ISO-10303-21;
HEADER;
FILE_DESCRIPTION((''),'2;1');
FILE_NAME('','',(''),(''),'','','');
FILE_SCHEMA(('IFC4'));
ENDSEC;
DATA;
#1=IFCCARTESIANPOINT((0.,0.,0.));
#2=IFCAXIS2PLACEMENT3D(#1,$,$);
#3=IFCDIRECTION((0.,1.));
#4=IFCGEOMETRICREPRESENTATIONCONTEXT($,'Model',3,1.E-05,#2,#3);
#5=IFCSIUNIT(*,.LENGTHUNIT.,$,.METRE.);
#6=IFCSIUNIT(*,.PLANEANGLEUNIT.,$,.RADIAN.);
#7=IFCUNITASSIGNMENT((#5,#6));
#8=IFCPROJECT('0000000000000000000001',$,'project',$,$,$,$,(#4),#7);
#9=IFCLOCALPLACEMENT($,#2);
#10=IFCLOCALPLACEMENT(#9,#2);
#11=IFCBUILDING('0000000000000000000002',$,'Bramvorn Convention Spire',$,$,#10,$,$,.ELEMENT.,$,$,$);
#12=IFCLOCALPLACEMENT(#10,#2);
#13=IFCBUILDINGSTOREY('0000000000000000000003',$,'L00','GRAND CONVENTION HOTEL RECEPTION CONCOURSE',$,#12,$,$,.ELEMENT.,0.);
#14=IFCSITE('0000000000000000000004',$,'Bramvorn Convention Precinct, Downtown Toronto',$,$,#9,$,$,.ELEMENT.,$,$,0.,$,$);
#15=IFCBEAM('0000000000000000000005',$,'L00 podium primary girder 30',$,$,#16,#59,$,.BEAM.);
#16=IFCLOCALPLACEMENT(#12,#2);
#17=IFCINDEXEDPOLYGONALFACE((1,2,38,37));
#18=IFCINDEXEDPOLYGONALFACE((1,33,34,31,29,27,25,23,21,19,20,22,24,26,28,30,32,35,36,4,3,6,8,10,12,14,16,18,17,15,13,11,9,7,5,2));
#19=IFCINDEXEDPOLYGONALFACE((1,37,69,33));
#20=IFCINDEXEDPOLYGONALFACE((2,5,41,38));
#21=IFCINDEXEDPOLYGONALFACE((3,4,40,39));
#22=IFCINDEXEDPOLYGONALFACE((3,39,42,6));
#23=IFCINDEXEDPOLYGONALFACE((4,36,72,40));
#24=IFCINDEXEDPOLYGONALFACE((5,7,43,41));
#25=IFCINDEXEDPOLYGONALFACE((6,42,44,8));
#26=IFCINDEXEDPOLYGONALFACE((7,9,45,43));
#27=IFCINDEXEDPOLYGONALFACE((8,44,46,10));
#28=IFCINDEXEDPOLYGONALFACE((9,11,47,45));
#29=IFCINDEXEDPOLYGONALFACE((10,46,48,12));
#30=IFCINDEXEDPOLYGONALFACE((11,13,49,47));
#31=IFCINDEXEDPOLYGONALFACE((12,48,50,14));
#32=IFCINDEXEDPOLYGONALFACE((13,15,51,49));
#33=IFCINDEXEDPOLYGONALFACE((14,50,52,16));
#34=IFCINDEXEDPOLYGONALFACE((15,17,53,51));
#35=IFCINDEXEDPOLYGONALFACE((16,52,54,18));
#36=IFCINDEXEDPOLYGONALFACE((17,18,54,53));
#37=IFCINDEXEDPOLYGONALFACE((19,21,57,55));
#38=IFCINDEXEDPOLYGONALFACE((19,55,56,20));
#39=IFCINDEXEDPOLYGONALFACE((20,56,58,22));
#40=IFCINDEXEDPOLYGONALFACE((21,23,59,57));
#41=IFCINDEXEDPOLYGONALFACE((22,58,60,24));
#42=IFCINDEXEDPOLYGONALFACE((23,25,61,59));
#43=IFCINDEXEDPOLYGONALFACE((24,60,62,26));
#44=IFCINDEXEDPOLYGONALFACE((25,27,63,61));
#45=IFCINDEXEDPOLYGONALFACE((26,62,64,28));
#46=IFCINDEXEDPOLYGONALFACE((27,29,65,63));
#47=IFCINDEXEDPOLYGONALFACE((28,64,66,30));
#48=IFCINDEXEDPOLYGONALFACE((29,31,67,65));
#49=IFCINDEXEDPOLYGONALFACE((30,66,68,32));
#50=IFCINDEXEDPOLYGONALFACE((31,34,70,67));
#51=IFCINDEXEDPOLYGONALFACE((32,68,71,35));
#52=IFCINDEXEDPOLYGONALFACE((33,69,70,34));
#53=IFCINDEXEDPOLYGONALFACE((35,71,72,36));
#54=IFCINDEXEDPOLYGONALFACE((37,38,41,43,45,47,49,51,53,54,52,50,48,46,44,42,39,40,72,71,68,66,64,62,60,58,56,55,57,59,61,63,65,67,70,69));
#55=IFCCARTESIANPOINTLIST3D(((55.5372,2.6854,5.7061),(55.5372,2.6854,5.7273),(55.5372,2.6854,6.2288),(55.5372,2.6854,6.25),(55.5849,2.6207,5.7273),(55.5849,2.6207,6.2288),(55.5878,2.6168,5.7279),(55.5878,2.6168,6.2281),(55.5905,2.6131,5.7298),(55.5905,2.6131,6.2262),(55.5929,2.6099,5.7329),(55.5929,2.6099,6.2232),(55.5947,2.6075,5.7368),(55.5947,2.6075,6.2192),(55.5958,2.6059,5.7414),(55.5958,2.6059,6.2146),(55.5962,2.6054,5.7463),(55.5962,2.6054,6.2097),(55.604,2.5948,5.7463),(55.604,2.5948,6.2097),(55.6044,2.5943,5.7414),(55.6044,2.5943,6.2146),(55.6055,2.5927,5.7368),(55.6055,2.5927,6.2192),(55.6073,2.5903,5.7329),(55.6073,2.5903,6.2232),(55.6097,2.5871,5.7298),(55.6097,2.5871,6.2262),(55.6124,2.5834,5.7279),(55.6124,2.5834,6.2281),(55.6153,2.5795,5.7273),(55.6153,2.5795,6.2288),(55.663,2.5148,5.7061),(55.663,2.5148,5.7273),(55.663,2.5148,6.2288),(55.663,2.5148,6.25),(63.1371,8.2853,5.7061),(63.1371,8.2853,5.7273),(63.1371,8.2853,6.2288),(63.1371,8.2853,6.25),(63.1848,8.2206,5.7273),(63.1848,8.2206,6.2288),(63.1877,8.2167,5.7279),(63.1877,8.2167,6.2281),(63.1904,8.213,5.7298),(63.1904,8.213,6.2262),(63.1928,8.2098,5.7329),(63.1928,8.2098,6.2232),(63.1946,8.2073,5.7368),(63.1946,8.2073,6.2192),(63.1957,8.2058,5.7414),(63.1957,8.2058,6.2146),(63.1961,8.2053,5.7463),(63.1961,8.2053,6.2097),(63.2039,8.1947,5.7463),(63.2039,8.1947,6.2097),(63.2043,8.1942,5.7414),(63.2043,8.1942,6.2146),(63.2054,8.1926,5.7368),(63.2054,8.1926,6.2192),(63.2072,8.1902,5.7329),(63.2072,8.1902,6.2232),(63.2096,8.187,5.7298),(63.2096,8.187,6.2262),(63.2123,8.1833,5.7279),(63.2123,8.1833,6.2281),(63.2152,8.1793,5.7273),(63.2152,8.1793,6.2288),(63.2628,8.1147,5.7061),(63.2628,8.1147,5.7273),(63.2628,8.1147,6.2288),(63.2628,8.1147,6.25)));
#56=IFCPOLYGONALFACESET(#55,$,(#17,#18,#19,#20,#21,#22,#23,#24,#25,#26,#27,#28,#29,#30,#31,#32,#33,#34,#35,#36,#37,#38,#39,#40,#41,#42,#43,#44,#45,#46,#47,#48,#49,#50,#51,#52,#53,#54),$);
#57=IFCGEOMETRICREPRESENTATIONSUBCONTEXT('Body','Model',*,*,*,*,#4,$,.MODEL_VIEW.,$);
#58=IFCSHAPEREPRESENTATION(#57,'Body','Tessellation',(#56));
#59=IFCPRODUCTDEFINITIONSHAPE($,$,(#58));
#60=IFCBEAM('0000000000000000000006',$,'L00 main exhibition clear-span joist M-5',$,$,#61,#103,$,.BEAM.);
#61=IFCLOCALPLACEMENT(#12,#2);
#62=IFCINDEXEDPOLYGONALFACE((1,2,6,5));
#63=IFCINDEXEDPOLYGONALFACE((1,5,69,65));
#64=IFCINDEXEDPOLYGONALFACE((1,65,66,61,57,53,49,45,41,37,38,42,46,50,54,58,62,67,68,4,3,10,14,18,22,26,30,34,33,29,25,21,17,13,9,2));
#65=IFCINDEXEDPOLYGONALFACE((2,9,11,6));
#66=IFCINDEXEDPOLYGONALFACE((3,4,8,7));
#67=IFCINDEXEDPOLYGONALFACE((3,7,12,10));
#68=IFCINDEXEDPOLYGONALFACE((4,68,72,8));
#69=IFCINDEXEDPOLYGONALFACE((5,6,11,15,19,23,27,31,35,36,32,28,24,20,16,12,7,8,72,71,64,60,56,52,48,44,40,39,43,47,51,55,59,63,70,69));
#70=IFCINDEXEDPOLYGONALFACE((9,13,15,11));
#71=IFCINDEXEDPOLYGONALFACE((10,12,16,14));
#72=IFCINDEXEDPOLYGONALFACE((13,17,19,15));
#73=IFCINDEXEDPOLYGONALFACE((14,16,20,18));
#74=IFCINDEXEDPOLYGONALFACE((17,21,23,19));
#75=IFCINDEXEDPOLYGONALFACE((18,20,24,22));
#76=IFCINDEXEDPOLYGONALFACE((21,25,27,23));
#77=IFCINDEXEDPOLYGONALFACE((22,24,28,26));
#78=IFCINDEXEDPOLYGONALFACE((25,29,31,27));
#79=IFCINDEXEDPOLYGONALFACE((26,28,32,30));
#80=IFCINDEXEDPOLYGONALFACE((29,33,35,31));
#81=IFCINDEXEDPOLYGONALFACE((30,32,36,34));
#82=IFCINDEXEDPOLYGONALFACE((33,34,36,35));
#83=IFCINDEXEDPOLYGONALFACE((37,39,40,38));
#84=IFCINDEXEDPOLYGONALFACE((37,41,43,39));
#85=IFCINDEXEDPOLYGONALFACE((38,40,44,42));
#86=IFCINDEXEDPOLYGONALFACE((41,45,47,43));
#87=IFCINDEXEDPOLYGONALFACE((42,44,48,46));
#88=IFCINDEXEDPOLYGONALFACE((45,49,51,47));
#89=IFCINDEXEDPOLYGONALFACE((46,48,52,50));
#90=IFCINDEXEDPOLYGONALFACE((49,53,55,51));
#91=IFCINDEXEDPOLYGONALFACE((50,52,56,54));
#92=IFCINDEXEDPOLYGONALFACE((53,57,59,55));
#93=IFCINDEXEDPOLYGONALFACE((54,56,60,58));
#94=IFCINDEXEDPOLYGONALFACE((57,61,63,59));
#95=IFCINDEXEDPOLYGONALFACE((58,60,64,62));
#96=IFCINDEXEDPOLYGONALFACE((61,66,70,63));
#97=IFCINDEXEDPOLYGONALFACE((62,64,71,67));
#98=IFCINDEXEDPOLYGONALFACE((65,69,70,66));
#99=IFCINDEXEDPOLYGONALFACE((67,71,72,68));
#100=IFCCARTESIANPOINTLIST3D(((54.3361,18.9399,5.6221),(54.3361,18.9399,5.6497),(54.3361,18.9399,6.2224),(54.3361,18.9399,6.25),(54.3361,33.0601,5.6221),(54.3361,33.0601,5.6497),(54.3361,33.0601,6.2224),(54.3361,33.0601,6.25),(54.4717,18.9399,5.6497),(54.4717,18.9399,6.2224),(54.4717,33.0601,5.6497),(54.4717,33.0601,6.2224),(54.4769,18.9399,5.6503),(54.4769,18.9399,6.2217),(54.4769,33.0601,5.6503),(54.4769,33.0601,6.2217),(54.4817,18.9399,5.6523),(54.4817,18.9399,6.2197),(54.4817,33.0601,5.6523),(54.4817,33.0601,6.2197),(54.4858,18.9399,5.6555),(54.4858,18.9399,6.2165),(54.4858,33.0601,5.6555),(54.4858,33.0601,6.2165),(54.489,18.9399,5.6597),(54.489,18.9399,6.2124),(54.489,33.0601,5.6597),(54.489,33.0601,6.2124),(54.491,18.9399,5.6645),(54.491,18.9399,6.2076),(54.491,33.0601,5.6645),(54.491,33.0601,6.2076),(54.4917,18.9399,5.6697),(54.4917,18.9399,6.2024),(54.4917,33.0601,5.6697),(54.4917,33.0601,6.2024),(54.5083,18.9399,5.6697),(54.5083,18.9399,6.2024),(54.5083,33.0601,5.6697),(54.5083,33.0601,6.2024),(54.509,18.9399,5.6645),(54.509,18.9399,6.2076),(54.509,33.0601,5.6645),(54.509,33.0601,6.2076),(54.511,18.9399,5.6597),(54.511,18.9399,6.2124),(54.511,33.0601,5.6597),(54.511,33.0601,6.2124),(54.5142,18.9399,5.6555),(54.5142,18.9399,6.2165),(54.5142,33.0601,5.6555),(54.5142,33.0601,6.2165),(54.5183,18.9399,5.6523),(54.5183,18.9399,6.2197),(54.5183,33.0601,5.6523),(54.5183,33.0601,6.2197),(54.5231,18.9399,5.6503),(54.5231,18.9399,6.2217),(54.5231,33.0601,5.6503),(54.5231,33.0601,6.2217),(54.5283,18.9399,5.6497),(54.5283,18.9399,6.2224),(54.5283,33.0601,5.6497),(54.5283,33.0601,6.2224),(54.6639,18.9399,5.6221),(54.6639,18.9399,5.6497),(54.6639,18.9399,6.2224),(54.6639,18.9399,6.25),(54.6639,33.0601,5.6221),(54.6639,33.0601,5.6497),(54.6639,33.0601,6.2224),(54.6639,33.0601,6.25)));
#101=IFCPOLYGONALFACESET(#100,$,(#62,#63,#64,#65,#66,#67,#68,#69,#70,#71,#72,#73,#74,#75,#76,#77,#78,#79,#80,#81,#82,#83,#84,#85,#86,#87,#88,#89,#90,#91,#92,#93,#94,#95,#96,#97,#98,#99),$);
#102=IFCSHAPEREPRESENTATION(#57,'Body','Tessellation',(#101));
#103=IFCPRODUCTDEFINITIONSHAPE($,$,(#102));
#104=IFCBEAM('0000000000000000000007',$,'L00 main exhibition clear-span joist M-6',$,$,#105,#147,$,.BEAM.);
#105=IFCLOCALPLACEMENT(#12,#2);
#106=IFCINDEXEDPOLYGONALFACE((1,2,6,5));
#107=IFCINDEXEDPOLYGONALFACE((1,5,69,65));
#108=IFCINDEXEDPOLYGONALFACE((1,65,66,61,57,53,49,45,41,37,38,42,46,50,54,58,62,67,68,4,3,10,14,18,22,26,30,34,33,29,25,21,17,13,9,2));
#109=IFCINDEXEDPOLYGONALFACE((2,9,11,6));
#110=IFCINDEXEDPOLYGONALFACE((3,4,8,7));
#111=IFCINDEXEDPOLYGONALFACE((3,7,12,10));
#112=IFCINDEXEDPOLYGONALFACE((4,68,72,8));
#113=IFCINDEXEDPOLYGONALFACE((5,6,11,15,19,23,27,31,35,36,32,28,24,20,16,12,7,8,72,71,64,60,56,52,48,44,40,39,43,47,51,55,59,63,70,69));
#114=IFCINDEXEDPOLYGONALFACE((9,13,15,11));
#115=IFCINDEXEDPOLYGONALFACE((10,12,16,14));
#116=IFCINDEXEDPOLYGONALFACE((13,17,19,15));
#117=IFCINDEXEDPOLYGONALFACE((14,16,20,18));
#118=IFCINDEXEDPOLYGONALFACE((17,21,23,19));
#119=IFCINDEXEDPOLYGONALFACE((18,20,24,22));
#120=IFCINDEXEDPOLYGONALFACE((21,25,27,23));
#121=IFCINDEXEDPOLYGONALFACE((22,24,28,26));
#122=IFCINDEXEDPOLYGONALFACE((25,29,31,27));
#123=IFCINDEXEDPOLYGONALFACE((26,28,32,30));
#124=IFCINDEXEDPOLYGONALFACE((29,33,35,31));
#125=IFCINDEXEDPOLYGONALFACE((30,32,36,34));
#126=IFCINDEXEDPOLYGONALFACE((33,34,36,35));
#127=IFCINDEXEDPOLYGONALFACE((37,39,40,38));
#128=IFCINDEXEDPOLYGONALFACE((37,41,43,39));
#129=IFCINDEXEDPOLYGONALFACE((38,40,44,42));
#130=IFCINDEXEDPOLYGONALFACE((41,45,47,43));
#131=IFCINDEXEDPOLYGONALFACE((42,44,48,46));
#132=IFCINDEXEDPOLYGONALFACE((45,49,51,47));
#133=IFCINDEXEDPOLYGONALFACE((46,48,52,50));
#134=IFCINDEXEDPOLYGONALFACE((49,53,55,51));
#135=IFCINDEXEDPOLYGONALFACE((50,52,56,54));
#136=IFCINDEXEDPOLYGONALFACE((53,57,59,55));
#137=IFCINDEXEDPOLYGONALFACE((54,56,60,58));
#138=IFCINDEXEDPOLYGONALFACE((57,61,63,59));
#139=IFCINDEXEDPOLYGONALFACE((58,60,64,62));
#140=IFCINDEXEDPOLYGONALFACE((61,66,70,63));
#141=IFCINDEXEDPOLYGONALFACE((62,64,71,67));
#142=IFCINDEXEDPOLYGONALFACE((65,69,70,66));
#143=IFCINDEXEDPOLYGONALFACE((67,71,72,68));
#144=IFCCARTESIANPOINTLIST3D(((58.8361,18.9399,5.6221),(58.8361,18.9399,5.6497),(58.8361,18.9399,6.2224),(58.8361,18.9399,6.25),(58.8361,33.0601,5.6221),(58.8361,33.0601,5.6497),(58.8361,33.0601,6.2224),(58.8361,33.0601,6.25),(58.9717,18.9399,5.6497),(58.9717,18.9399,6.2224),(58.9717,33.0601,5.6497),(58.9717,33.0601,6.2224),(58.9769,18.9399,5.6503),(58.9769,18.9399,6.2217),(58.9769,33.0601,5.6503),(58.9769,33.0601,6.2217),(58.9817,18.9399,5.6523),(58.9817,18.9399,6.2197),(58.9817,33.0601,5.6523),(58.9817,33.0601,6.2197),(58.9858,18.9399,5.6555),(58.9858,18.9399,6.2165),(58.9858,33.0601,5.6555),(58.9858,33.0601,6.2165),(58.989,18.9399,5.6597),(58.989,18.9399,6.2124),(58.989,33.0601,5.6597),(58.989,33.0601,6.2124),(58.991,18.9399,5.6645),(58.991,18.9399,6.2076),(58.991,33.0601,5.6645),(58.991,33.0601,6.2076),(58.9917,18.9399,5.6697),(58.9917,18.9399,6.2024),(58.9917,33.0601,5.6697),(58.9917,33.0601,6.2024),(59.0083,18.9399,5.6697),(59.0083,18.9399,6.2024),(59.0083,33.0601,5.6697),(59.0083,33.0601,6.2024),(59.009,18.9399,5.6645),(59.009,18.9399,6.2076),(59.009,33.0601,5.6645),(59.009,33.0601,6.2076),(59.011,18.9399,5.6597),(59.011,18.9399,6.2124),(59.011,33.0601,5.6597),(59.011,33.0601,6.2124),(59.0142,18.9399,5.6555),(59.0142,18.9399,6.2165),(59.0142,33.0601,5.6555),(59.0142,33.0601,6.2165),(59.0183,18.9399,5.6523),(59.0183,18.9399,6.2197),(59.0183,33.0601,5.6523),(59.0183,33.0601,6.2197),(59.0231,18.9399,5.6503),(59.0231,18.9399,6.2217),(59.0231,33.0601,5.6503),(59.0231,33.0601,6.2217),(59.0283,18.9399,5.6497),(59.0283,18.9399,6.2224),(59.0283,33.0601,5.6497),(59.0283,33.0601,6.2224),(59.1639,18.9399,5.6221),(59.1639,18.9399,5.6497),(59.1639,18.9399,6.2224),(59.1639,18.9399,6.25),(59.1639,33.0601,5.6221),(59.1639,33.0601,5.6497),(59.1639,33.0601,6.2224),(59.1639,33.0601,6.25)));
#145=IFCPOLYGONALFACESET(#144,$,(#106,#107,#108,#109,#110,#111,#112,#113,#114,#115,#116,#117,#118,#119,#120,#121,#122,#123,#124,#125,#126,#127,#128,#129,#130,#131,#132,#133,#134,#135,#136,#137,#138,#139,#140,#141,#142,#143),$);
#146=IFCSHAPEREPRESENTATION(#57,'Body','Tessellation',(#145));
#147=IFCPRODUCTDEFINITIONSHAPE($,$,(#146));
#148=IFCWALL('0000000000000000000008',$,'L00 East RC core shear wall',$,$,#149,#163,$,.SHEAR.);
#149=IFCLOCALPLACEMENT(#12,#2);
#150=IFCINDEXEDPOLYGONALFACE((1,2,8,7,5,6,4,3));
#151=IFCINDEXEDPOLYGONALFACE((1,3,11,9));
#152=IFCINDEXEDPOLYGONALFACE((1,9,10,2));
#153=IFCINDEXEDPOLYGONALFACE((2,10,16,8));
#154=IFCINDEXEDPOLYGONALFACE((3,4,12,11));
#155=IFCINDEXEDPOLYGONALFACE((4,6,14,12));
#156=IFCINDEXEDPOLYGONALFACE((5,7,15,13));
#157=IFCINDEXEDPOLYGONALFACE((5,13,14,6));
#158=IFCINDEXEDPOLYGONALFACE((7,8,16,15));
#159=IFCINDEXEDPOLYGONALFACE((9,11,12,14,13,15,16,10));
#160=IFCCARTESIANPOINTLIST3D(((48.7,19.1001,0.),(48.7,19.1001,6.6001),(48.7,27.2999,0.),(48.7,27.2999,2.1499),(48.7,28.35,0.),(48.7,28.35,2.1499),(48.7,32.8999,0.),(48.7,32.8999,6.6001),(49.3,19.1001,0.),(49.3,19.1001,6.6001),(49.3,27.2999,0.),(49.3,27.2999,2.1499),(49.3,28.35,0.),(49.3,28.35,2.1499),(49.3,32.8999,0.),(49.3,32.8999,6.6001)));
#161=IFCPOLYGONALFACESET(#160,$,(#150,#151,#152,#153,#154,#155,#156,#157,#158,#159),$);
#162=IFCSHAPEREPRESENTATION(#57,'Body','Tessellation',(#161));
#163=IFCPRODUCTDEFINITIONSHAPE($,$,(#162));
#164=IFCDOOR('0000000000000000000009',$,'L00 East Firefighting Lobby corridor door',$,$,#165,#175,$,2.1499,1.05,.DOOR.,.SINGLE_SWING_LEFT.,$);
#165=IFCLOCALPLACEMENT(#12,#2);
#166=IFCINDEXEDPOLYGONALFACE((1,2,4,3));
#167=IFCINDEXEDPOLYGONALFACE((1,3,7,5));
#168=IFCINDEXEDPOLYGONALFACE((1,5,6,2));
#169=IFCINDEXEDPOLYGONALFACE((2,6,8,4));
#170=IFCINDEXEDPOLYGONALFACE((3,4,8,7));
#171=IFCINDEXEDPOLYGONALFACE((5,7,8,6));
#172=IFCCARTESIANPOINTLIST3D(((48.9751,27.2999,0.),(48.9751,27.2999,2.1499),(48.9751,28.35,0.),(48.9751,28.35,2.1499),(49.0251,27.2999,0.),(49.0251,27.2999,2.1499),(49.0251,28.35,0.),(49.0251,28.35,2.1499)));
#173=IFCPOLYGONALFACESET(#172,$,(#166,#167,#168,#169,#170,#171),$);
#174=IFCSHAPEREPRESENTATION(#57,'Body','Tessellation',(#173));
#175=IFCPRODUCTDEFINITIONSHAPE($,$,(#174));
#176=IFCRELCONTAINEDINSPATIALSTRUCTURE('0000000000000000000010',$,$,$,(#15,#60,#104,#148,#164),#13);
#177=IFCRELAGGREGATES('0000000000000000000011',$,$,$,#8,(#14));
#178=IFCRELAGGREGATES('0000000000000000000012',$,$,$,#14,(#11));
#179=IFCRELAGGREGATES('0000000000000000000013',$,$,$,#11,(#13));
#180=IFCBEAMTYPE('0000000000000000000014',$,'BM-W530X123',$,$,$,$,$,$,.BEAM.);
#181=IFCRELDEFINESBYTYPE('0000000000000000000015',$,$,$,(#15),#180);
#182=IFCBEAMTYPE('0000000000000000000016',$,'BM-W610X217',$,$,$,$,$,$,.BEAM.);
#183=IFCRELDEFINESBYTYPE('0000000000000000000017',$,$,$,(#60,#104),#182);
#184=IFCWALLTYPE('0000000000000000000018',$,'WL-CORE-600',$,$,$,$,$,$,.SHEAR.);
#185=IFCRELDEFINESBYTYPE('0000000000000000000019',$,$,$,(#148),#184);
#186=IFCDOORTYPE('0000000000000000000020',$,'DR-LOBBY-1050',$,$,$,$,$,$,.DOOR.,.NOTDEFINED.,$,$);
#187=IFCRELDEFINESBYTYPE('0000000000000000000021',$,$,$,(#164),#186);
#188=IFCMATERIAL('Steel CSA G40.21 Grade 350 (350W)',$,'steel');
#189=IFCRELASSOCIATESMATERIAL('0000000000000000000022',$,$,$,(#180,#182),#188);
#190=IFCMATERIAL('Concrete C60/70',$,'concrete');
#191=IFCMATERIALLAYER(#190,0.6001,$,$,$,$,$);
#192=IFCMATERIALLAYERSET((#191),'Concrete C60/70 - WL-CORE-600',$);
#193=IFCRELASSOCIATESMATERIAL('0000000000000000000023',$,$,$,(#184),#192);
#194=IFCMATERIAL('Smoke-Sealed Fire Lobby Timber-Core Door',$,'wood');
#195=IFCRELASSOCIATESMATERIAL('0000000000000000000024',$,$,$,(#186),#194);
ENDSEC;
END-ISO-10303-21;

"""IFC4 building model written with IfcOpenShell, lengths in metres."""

from ifc_helpers import new_model, si_unit, direction, frame, frame_2d, origin, origin_2d, place, context, subcontext, project, spatial, rectangle, i_section, extrude, material, layer, layer_set, material_profile, profile_set, type_object, element, fill, save


model = new_model("IFC4")

# Units and contexts
model_context = context("Model", 3, precision=1e-05, world=origin(), true_north=direction((0.0, 1.0)))
body_context = subcontext(model_context, "Body", "Model", "MODEL_VIEW")
ifc_project = project(units=[si_unit("LENGTHUNIT", "METRE"), si_unit("PLANEANGLEUNIT", "RADIAN")], contexts=[model_context])

# Site, building, storey
site_placement = place(None, origin())
site = spatial("IfcSite", under=ifc_project, at=site_placement, Name="Bramvorn Convention Precinct, Downtown Toronto", CompositionType="ELEMENT", RefElevation=0.0)
building_placement = place(site_placement, origin())
building = spatial("IfcBuilding", under=site, at=building_placement, Name="Bramvorn Convention Spire", CompositionType="ELEMENT")
storey_placement = place(building_placement, origin())
storey = spatial("IfcBuildingStorey", under=building, at=storey_placement, Name="L00", Description="GRAND CONVENTION HOTEL RECEPTION CONCOURSE", CompositionType="ELEMENT", Elevation=0.0)

# Shared definitions
ifc_material_1 = material(Name="Concrete C60/70", Category="concrete")

# Beams
ifc_material_2 = material(Name="Steel CSA G40.21 Grade 350 (350W)", Category="steel")
ifc_material_profile_1 = material_profile(ifc_material_2, i_section(OverallWidth=0.2119, OverallDepth=0.5439, WebThickness=0.0132, FlangeThickness=0.0212, FilletRadius=0.019, at=origin_2d()))
ifc_profile_set_1 = profile_set([ifc_material_profile_1], Name="Steel CSA G40.21 Grade 350 (350W) - W530X123")
beam_type_1 = type_object("IfcBeamType", Name="BM-W530X123", PredefinedType="BEAM", material=ifc_profile_set_1)
beam_1_placement = place(storey_placement, frame((55.6001, 2.6001, 5.978), z_axis=(0.805058, 0.593196, 0.0), x_axis=(-0.593196, 0.805058, 0.0)))
element("IfcBeam", 1, at=beam_1_placement, inside=storey, type_object=beam_type_1, Name="L00 podium primary girder 30", PredefinedType="BEAM", context=body_context, shape_type="SweptSolid", body=[
    extrude(i_section(OverallWidth=0.2119, OverallDepth=0.5439, WebThickness=0.0132, FlangeThickness=0.0212, FilletRadius=0.019, at=origin_2d()), origin(), (0.0, 0.0, 1.0), 9.4402),
])
ifc_material_profile_2 = material_profile(ifc_material_2, i_section(OverallWidth=0.3279, OverallDepth=0.6279, WebThickness=0.0166, FlangeThickness=0.0276, FilletRadius=0.02, at=origin_2d()))
ifc_profile_set_2 = profile_set([ifc_material_profile_2], Name="Steel CSA G40.21 Grade 350 (350W) - W610X217")
beam_type_2 = type_object("IfcBeamType", Name="BM-W610X217", PredefinedType="BEAM", material=ifc_profile_set_2)
for number, where, z_axis, x_axis, name in (
    (2, (54.5, 18.9399, 5.936), (0.0, 1.0, 0.0), (-1.0, 0.0, 0.0), "L00 main exhibition clear-span joist M-5"),
    (3, (59.0, 18.9399, 5.936), (0.0, 1.0, 0.0), (-1.0, 0.0, 0.0), "L00 main exhibition clear-span joist M-6"),
):
    element("IfcBeam", number, at=place(storey_placement, frame(where, z_axis=z_axis, x_axis=x_axis)), inside=storey, type_object=beam_type_2, Name=name, PredefinedType="BEAM", context=body_context, shape_type="SweptSolid", body=[
        extrude(i_section(OverallWidth=0.3279, OverallDepth=0.6279, WebThickness=0.0166, FlangeThickness=0.0276, FilletRadius=0.02, at=origin_2d()), origin(), (0.0, 0.0, 1.0), 14.1201),
    ])

# Wall, opening, door
ifc_layer_1 = layer(ifc_material_1, 0.6001)
ifc_layer_set_1 = layer_set([ifc_layer_1], Name="Concrete C60/70 - WL-CORE-600")
wall_type_1 = type_object("IfcWallType", Name="WL-CORE-600", PredefinedType="SHEAR", material=ifc_layer_set_1)
wall_1_placement = place(storey_placement, frame((49.0, 19.1001, 0.0), z_axis=(0.0, 0.0, 1.0), x_axis=(0.0, 1.0, 0.0)))
wall_1 = element("IfcWall", 4, at=wall_1_placement, inside=storey, type_object=wall_type_1, Name="L00 East RC core shear wall", PredefinedType="SHEAR", context=body_context, shape_type="SweptSolid", body=[
    extrude(rectangle(XDim=13.7998, YDim=0.6001, at=frame_2d((6.8999, 0.0))), origin(), (0.0, 0.0, 1.0), 6.6001),
])
opening_1_placement = place(wall_1_placement, frame((8.2, 0.0, 0.0)))
opening_1 = element("IfcOpeningElement", 5, at=opening_1_placement, cuts=wall_1, PredefinedType="OPENING", context=body_context, shape_type="SweptSolid", body=[
    extrude(rectangle(XDim=1.05, YDim=2.1499, at=frame_2d((0.5249, 1.075))), frame((0.0, 0.3101, 0.0), z_axis=(0.0, -1.0, 0.0), x_axis=(1.0, 0.0, 0.0)), (0.0, 0.0, 1.0), 0.6201),
])
ifc_material_3 = material(Name="Smoke-Sealed Fire Lobby Timber-Core Door", Category="wood")
door_type = type_object("IfcDoorType", Name="DR-LOBBY-1050", OperationType="NOTDEFINED", PredefinedType="DOOR", material=ifc_material_3)
door_1_placement = place(opening_1_placement, origin())
door_1 = element("IfcDoor", 6, at=door_1_placement, inside=storey, type_object=door_type, Name="L00 East Firefighting Lobby corridor door", OperationType="SINGLE_SWING_LEFT", OverallHeight=2.1499, OverallWidth=1.05, PredefinedType="DOOR", context=body_context, shape_type="SweptSolid", body=[
    extrude(rectangle(XDim=1.05, YDim=2.1499, at=frame_2d((0.5249, 1.075))), frame((0.0, 0.0249, 0.0), z_axis=(0.0, -1.0, 0.0), x_axis=(1.0, 0.0, 0.0)), (0.0, 0.0, 1.0), 0.05),
])
fill(opening_1, door_1)

save(model, "model.ifc")
